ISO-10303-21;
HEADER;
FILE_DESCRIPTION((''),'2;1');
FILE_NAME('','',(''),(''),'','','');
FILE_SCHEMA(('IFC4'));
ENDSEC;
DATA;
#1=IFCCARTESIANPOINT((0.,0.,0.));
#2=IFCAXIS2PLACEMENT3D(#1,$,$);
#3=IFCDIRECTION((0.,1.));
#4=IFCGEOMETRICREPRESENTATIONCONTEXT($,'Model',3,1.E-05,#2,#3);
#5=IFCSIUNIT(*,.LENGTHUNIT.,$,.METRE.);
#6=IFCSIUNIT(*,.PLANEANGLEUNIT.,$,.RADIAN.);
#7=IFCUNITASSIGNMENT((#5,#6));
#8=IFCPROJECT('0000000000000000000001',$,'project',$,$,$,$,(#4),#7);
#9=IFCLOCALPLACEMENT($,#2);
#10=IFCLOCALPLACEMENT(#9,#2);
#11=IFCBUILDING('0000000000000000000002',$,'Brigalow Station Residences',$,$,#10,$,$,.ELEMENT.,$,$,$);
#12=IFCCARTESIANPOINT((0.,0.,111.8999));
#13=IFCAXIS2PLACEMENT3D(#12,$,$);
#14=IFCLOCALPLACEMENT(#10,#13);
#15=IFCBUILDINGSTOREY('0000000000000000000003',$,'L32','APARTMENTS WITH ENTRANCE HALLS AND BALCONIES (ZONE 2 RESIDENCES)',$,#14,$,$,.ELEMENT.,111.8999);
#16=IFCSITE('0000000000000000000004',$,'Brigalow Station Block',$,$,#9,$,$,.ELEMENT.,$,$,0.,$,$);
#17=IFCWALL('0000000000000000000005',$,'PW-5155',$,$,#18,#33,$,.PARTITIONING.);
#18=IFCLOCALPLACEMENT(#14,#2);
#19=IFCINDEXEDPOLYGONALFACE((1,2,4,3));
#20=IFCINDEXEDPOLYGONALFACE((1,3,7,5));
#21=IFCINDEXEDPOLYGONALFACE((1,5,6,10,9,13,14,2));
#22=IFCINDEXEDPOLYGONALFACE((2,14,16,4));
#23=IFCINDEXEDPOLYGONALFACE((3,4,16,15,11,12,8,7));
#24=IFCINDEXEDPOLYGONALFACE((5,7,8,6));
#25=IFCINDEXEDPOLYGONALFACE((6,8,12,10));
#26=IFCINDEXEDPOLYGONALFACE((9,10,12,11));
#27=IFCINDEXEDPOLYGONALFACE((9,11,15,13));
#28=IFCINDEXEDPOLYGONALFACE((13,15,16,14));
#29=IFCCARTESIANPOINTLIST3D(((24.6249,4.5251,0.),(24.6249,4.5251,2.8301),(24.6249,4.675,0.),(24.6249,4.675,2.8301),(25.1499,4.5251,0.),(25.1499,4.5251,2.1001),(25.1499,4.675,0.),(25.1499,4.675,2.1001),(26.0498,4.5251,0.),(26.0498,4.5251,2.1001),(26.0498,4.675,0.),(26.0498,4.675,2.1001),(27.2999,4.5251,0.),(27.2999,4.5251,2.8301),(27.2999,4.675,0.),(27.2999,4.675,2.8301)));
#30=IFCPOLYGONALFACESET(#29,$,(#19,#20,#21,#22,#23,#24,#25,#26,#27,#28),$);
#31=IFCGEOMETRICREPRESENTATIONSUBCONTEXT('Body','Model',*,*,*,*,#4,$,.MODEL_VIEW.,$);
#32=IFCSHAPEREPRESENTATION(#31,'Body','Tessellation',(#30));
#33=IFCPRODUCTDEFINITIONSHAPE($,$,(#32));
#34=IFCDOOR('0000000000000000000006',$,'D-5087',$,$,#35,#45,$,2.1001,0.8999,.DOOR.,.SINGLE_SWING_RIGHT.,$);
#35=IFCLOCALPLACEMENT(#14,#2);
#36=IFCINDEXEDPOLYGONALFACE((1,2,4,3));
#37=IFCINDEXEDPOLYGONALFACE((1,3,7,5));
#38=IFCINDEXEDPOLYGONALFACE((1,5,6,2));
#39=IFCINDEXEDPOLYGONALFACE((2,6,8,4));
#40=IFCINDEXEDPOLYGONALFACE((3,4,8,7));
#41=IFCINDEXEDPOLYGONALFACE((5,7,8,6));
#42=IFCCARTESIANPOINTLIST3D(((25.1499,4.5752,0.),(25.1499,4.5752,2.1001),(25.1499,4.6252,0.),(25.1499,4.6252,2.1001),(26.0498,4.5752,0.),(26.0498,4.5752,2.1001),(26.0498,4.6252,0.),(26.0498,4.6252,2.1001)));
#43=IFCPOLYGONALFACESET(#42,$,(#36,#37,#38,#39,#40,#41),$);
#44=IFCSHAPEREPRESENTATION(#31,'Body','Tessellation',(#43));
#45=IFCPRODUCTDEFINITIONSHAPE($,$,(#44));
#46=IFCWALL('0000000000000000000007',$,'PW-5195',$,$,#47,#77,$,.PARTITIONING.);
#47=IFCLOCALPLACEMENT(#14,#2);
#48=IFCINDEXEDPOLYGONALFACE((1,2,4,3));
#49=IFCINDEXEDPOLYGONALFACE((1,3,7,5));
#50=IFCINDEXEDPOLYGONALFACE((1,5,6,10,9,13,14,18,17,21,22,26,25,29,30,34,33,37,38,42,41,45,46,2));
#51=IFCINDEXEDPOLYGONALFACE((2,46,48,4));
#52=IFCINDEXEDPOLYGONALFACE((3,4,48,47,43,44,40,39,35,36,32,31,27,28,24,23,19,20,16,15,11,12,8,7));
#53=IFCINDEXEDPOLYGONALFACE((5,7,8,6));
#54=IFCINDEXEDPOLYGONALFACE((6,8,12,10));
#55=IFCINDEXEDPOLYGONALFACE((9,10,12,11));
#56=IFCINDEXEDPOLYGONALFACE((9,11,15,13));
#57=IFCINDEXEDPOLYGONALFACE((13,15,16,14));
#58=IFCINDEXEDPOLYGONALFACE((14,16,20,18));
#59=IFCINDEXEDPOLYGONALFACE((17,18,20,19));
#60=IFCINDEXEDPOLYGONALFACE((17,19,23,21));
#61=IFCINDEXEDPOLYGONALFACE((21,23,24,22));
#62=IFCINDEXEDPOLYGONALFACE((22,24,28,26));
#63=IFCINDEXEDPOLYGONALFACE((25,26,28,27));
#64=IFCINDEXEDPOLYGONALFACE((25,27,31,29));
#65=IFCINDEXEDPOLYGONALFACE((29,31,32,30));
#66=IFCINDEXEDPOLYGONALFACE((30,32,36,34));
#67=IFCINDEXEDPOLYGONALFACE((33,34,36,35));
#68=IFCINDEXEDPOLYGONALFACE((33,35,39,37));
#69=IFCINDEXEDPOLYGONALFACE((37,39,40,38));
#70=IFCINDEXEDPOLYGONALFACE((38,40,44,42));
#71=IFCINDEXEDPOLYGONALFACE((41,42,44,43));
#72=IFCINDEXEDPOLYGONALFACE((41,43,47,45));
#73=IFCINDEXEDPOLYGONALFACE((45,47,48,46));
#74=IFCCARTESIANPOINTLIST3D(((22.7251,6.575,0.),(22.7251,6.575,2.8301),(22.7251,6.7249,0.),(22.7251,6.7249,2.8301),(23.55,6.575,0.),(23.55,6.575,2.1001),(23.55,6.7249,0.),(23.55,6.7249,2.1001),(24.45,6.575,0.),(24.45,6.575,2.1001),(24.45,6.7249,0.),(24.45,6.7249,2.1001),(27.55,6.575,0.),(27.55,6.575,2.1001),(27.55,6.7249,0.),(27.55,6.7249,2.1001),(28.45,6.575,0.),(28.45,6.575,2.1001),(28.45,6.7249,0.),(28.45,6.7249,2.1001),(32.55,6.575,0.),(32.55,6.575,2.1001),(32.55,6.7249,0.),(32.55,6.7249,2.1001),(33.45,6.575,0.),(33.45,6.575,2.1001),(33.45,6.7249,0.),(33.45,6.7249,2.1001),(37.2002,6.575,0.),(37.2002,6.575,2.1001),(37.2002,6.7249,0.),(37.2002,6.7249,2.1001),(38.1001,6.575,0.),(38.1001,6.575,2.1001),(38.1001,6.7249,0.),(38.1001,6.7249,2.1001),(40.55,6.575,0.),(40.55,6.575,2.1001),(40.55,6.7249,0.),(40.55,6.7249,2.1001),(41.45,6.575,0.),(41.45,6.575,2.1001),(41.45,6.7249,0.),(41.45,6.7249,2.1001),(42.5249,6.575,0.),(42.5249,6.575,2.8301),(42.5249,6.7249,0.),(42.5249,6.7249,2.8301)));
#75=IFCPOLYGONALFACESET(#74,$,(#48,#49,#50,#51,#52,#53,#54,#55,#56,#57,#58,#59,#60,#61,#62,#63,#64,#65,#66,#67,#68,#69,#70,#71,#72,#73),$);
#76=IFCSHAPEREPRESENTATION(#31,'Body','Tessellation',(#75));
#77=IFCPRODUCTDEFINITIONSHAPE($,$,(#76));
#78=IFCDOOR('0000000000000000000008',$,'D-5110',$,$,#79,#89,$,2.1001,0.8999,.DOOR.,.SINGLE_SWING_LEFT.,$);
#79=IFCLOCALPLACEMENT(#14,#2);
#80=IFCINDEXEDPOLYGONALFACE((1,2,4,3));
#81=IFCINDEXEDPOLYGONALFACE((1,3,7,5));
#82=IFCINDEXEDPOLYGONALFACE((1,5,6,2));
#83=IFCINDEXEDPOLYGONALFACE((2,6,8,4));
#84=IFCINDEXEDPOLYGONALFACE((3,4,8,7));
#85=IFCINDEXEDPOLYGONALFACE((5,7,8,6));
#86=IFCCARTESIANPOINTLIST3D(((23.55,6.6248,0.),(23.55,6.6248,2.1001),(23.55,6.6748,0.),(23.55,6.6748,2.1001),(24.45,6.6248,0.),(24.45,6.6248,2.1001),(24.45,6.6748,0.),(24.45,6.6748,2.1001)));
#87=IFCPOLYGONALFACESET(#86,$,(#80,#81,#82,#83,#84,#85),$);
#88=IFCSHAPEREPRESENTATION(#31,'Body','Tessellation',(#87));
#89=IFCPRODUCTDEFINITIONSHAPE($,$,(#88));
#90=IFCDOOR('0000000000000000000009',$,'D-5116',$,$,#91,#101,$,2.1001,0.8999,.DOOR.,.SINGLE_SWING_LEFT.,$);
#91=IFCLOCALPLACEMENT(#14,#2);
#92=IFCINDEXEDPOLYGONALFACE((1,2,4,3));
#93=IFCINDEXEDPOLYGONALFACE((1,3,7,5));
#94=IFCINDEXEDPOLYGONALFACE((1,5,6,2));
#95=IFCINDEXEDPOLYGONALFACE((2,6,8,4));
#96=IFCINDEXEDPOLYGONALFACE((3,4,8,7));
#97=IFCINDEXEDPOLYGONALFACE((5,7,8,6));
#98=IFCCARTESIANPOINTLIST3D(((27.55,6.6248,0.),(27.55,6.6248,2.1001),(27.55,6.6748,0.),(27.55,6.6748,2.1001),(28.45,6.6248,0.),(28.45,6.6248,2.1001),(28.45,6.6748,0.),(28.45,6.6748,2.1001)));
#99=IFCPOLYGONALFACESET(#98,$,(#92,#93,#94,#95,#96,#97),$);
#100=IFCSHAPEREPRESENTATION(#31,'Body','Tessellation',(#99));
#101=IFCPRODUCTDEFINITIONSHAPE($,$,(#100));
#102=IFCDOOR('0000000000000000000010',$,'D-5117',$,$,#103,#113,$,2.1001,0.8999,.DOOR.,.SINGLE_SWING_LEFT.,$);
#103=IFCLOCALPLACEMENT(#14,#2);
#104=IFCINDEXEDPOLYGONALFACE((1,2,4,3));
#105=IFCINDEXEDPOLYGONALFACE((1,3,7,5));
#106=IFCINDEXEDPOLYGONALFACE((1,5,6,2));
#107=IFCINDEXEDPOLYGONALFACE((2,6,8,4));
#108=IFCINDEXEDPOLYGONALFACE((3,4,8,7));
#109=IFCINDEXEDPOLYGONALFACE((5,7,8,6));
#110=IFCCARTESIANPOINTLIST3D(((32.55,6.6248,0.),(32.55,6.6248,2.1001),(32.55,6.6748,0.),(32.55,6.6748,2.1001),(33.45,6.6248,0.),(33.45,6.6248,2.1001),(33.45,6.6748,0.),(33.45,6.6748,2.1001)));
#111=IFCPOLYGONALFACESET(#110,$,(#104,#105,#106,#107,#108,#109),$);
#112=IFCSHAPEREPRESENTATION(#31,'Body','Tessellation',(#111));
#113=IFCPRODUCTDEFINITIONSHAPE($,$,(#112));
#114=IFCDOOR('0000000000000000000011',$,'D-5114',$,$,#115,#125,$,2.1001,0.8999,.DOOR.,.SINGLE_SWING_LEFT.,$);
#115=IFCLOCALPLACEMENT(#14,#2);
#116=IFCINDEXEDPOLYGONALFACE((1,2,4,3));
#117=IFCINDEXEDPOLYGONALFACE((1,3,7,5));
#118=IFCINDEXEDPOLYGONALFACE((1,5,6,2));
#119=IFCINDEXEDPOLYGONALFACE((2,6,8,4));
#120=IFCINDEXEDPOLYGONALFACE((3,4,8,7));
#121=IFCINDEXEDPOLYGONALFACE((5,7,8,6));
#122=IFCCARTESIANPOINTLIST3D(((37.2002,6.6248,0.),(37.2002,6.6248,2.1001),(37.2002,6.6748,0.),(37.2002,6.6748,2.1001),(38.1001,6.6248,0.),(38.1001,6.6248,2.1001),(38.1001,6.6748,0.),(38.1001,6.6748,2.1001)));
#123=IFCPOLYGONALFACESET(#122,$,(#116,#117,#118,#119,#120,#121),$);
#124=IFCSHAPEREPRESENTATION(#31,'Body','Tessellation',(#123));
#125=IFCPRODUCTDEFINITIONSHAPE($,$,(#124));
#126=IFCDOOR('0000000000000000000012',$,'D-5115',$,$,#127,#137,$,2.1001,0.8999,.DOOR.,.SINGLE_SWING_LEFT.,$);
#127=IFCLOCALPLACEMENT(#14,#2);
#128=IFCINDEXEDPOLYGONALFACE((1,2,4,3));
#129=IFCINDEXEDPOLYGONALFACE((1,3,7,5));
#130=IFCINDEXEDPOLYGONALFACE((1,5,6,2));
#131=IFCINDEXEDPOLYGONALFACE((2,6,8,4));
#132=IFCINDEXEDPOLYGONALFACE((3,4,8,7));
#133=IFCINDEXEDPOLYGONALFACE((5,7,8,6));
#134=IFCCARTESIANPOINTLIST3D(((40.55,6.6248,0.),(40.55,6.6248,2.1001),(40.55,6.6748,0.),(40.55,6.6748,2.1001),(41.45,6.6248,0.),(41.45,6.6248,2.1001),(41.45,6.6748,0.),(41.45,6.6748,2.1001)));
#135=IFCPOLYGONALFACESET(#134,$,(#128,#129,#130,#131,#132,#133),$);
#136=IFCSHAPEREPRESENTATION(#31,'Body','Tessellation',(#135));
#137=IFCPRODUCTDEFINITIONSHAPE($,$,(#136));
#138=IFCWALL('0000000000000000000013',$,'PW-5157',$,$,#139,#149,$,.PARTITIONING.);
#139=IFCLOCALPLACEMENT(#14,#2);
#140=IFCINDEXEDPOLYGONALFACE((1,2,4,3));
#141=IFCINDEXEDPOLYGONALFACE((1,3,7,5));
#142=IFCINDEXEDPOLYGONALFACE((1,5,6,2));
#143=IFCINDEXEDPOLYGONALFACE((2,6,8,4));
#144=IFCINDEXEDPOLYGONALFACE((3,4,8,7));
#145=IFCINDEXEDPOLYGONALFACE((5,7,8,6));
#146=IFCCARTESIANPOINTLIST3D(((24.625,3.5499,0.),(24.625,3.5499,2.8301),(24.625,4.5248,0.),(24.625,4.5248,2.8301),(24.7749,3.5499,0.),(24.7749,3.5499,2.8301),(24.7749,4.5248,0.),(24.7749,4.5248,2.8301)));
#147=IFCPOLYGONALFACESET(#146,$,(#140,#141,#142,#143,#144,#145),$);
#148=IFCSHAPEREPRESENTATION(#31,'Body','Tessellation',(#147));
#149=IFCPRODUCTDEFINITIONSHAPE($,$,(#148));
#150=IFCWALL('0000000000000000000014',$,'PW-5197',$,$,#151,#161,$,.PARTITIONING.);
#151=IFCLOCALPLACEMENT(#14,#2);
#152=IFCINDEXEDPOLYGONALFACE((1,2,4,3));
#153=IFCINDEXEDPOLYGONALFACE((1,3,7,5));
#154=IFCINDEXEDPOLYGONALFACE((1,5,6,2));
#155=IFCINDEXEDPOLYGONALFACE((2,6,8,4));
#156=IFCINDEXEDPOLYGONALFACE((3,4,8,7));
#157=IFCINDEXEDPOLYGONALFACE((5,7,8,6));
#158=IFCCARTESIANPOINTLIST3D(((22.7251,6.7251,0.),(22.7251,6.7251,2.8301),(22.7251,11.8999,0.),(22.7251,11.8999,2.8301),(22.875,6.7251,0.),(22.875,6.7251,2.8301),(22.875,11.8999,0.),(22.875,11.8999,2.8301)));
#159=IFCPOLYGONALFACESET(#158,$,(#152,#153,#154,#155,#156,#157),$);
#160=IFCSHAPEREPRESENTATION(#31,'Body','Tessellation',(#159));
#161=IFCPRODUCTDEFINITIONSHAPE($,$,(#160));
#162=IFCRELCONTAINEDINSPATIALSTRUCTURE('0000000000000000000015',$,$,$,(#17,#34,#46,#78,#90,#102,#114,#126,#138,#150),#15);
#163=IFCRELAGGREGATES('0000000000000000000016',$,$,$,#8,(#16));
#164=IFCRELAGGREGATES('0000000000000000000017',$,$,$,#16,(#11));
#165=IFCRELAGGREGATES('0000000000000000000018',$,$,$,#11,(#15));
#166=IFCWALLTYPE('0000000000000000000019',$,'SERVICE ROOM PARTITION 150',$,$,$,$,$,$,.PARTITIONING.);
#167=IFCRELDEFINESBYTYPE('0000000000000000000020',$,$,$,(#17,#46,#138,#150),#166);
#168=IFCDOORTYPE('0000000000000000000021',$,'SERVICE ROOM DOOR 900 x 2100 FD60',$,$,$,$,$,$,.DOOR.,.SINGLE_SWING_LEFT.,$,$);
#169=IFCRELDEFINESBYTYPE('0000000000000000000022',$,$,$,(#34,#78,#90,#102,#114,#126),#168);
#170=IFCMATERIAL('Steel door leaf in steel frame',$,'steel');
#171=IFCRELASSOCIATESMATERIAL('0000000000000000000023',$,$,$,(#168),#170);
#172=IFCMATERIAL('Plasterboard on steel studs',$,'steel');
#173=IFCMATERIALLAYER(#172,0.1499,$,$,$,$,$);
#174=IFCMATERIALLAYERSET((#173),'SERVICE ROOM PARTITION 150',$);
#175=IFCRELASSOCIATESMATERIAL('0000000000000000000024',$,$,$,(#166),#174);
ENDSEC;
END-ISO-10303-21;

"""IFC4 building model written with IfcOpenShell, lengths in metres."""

from ifc_helpers import new_model, si_unit, direction, frame, frame_2d, origin, place, context, subcontext, project, spatial, rectangle, extrude, material, layer, layer_set, type_object, element, fill, save


model = new_model("IFC4")

# Units and contexts
model_context = context("Model", 3, precision=1e-05, world=origin(), true_north=direction((0.0, 1.0)))
body_context = subcontext(model_context, "Body", "Model", "MODEL_VIEW")
ifc_project = project(units=[si_unit("LENGTHUNIT", "METRE"), si_unit("PLANEANGLEUNIT", "RADIAN")], contexts=[model_context])

# Site, building, storey
site_placement = place(None, origin())
site = spatial("IfcSite", under=ifc_project, at=site_placement, Name="Brigalow Station Block", CompositionType="ELEMENT", RefElevation=0.0)
building_placement = place(site_placement, origin())
building = spatial("IfcBuilding", under=site, at=building_placement, Name="Brigalow Station Residences", CompositionType="ELEMENT")
storey_placement = place(building_placement, frame((0.0, 0.0, 111.8999)))
storey = spatial("IfcBuildingStorey", under=building, at=storey_placement, Name="L32", Description="APARTMENTS WITH ENTRANCE HALLS AND BALCONIES (ZONE 2 RESIDENCES)", CompositionType="ELEMENT", Elevation=111.8999)

# Shared definitions
ifc_material_1 = material(Name="Steel door leaf in steel frame", Category="steel")
door_type_1 = type_object("IfcDoorType", Name="SERVICE ROOM DOOR 900 x 2100 FD60", OperationType="SINGLE_SWING_LEFT", PredefinedType="DOOR", material=ifc_material_1)

# Wall, opening, door
ifc_material_2 = material(Name="Plasterboard on steel studs", Category="steel")
ifc_layer_1 = layer(ifc_material_2, 0.1499)
ifc_layer_set_1 = layer_set([ifc_layer_1], Name="SERVICE ROOM PARTITION 150")
wall_type_1 = type_object("IfcWallType", Name="SERVICE ROOM PARTITION 150", PredefinedType="PARTITIONING", material=ifc_layer_set_1)
wall_1_placement = place(storey_placement, frame((24.625, 4.6001, 0.0), z_axis=(0.0, 0.0, 1.0), x_axis=(1.0, 0.0, 0.0)))
wall_1 = element("IfcWall", 1, at=wall_1_placement, inside=storey, type_object=wall_type_1, Name="PW-5155", PredefinedType="PARTITIONING", context=body_context, shape_type="SweptSolid", body=[
    extrude(rectangle(XDim=2.675, YDim=0.1499, at=frame_2d((1.3374, 0.0))), origin(), (0.0, 0.0, 1.0), 2.8301),
])
opening_1_placement = place(wall_1_placement, frame((0.5249, 0.0, 0.0)))
opening_1 = element("IfcOpeningElement", 2, at=opening_1_placement, cuts=wall_1, PredefinedType="OPENING", context=body_context, shape_type="SweptSolid", body=[
    extrude(rectangle(XDim=0.8999, YDim=2.1001, at=frame_2d((0.45, 1.05))), frame((0.0, 0.085, 0.0), z_axis=(0.0, -1.0, 0.0), x_axis=(1.0, 0.0, 0.0)), (0.0, 0.0, 1.0), 0.1699),
])
door_1_placement = place(opening_1_placement, frame((0.8999, 0.0, 0.0), z_axis=(0.0, 0.0, 1.0), x_axis=(-1.0, 0.0, 0.0)))
door_1 = element("IfcDoor", 3, at=door_1_placement, inside=storey, type_object=door_type_1, Name="D-5087", OperationType="SINGLE_SWING_RIGHT", OverallHeight=2.1001, OverallWidth=0.8999, PredefinedType="DOOR", context=body_context, shape_type="SweptSolid", body=[
    extrude(rectangle(XDim=0.8999, YDim=2.1001, at=frame_2d((0.45, 1.05))), frame((0.0, 0.0249, 0.0), z_axis=(0.0, -1.0, 0.0), x_axis=(1.0, 0.0, 0.0)), (0.0, 0.0, 1.0), 0.05),
])
fill(opening_1, door_1)

# Wall, openings, doors
wall_2_placement = place(storey_placement, frame((22.7251, 6.6499, 0.0), z_axis=(0.0, 0.0, 1.0), x_axis=(1.0, 0.0, 0.0)))
wall_2 = element("IfcWall", 4, at=wall_2_placement, inside=storey, type_object=wall_type_1, Name="PW-5195", PredefinedType="PARTITIONING", context=body_context, shape_type="SweptSolid", body=[
    extrude(rectangle(XDim=19.7998, YDim=0.1499, at=frame_2d((9.8999, 0.0))), origin(), (0.0, 0.0, 1.0), 2.8301),
])
opening_2_placement = place(wall_2_placement, frame((0.825, 0.0, 0.0)))
opening_2 = element("IfcOpeningElement", 5, at=opening_2_placement, cuts=wall_2, PredefinedType="OPENING", context=body_context, shape_type="SweptSolid", body=[
    extrude(rectangle(XDim=0.8999, YDim=2.1001, at=frame_2d((0.45, 1.05))), frame((0.0, 0.085, 0.0), z_axis=(0.0, -1.0, 0.0), x_axis=(1.0, 0.0, 0.0)), (0.0, 0.0, 1.0), 0.1699),
])
opening_3_placement = place(wall_2_placement, frame((4.825, 0.0, 0.0)))
opening_3 = element("IfcOpeningElement", 6, at=opening_3_placement, cuts=wall_2, PredefinedType="OPENING", context=body_context, shape_type="SweptSolid", body=[
    extrude(rectangle(XDim=0.8999, YDim=2.1001, at=frame_2d((0.45, 1.05))), frame((0.0, 0.085, 0.0), z_axis=(0.0, -1.0, 0.0), x_axis=(1.0, 0.0, 0.0)), (0.0, 0.0, 1.0), 0.1699),
])
opening_4_placement = place(wall_2_placement, frame((9.825, 0.0, 0.0)))
opening_4 = element("IfcOpeningElement", 7, at=opening_4_placement, cuts=wall_2, PredefinedType="OPENING", context=body_context, shape_type="SweptSolid", body=[
    extrude(rectangle(XDim=0.8999, YDim=2.1001, at=frame_2d((0.45, 1.05))), frame((0.0, 0.085, 0.0), z_axis=(0.0, -1.0, 0.0), x_axis=(1.0, 0.0, 0.0)), (0.0, 0.0, 1.0), 0.1699),
])
opening_5_placement = place(wall_2_placement, frame((14.4751, 0.0, 0.0)))
opening_5 = element("IfcOpeningElement", 8, at=opening_5_placement, cuts=wall_2, PredefinedType="OPENING", context=body_context, shape_type="SweptSolid", body=[
    extrude(rectangle(XDim=0.8999, YDim=2.1001, at=frame_2d((0.45, 1.05))), frame((0.0, 0.085, 0.0), z_axis=(0.0, -1.0, 0.0), x_axis=(1.0, 0.0, 0.0)), (0.0, 0.0, 1.0), 0.1699),
])
opening_6_placement = place(wall_2_placement, frame((17.825, 0.0, 0.0)))
opening_6 = element("IfcOpeningElement", 9, at=opening_6_placement, cuts=wall_2, PredefinedType="OPENING", context=body_context, shape_type="SweptSolid", body=[
    extrude(rectangle(XDim=0.8999, YDim=2.1001, at=frame_2d((0.45, 1.05))), frame((0.0, 0.085, 0.0), z_axis=(0.0, -1.0, 0.0), x_axis=(1.0, 0.0, 0.0)), (0.0, 0.0, 1.0), 0.1699),
])
door_2_placement = place(opening_2_placement, origin())
door_2 = element("IfcDoor", 10, at=door_2_placement, inside=storey, type_object=door_type_1, Name="D-5110", OperationType="SINGLE_SWING_LEFT", OverallHeight=2.1001, OverallWidth=0.8999, PredefinedType="DOOR", context=body_context, shape_type="SweptSolid", body=[
    extrude(rectangle(XDim=0.8999, YDim=2.1001, at=frame_2d((0.45, 1.05))), frame((0.0, 0.0249, 0.0), z_axis=(0.0, -1.0, 0.0), x_axis=(1.0, 0.0, 0.0)), (0.0, 0.0, 1.0), 0.05),
])
fill(opening_2, door_2)
door_3_placement = place(opening_3_placement, origin())
door_3 = element("IfcDoor", 11, at=door_3_placement, inside=storey, type_object=door_type_1, Name="D-5116", OperationType="SINGLE_SWING_LEFT", OverallHeight=2.1001, OverallWidth=0.8999, PredefinedType="DOOR", context=body_context, shape_type="SweptSolid", body=[
    extrude(rectangle(XDim=0.8999, YDim=2.1001, at=frame_2d((0.45, 1.05))), frame((0.0, 0.0249, 0.0), z_axis=(0.0, -1.0, 0.0), x_axis=(1.0, 0.0, 0.0)), (0.0, 0.0, 1.0), 0.05),
])
fill(opening_3, door_3)
door_4_placement = place(opening_4_placement, origin())
door_4 = element("IfcDoor", 12, at=door_4_placement, inside=storey, type_object=door_type_1, Name="D-5117", OperationType="SINGLE_SWING_LEFT", OverallHeight=2.1001, OverallWidth=0.8999, PredefinedType="DOOR", context=body_context, shape_type="SweptSolid", body=[
    extrude(rectangle(XDim=0.8999, YDim=2.1001, at=frame_2d((0.45, 1.05))), frame((0.0, 0.0249, 0.0), z_axis=(0.0, -1.0, 0.0), x_axis=(1.0, 0.0, 0.0)), (0.0, 0.0, 1.0), 0.05),
])
fill(opening_4, door_4)
door_5_placement = place(opening_5_placement, origin())
door_5 = element("IfcDoor", 13, at=door_5_placement, inside=storey, type_object=door_type_1, Name="D-5114", OperationType="SINGLE_SWING_LEFT", OverallHeight=2.1001, OverallWidth=0.8999, PredefinedType="DOOR", context=body_context, shape_type="SweptSolid", body=[
    extrude(rectangle(XDim=0.8999, YDim=2.1001, at=frame_2d((0.45, 1.05))), frame((0.0, 0.0249, 0.0), z_axis=(0.0, -1.0, 0.0), x_axis=(1.0, 0.0, 0.0)), (0.0, 0.0, 1.0), 0.05),
])
fill(opening_5, door_5)
door_6_placement = place(opening_6_placement, origin())
door_6 = element("IfcDoor", 14, at=door_6_placement, inside=storey, type_object=door_type_1, Name="D-5115", OperationType="SINGLE_SWING_LEFT", OverallHeight=2.1001, OverallWidth=0.8999, PredefinedType="DOOR", context=body_context, shape_type="SweptSolid", body=[
    extrude(rectangle(XDim=0.8999, YDim=2.1001, at=frame_2d((0.45, 1.05))), frame((0.0, 0.0249, 0.0), z_axis=(0.0, -1.0, 0.0), x_axis=(1.0, 0.0, 0.0)), (0.0, 0.0, 1.0), 0.05),
])
fill(opening_6, door_6)

# Walls
wall_3_placement = place(storey_placement, frame((24.7, 3.55, 0.0), z_axis=(0.0, 0.0, 1.0), x_axis=(0.0, 1.0, 0.0)))
element("IfcWall", 15, at=wall_3_placement, inside=storey, type_object=wall_type_1, Name="PW-5157", PredefinedType="PARTITIONING", context=body_context, shape_type="SweptSolid", body=[
    extrude(rectangle(XDim=0.9749, YDim=0.1499, at=frame_2d((0.4873, 0.0))), origin(), (0.0, 0.0, 1.0), 2.8301),
])
wall_4_placement = place(storey_placement, frame((22.8, 6.7251, 0.0), z_axis=(0.0, 0.0, 1.0), x_axis=(0.0, 1.0, 0.0)))
element("IfcWall", 16, at=wall_4_placement, inside=storey, type_object=wall_type_1, Name="PW-5197", PredefinedType="PARTITIONING", context=body_context, shape_type="SweptSolid", body=[
    extrude(rectangle(XDim=5.1748, YDim=0.1499, at=frame_2d((2.5874, 0.0))), origin(), (0.0, 0.0, 1.0), 2.8301),
])

save(model, "model.ifc")
